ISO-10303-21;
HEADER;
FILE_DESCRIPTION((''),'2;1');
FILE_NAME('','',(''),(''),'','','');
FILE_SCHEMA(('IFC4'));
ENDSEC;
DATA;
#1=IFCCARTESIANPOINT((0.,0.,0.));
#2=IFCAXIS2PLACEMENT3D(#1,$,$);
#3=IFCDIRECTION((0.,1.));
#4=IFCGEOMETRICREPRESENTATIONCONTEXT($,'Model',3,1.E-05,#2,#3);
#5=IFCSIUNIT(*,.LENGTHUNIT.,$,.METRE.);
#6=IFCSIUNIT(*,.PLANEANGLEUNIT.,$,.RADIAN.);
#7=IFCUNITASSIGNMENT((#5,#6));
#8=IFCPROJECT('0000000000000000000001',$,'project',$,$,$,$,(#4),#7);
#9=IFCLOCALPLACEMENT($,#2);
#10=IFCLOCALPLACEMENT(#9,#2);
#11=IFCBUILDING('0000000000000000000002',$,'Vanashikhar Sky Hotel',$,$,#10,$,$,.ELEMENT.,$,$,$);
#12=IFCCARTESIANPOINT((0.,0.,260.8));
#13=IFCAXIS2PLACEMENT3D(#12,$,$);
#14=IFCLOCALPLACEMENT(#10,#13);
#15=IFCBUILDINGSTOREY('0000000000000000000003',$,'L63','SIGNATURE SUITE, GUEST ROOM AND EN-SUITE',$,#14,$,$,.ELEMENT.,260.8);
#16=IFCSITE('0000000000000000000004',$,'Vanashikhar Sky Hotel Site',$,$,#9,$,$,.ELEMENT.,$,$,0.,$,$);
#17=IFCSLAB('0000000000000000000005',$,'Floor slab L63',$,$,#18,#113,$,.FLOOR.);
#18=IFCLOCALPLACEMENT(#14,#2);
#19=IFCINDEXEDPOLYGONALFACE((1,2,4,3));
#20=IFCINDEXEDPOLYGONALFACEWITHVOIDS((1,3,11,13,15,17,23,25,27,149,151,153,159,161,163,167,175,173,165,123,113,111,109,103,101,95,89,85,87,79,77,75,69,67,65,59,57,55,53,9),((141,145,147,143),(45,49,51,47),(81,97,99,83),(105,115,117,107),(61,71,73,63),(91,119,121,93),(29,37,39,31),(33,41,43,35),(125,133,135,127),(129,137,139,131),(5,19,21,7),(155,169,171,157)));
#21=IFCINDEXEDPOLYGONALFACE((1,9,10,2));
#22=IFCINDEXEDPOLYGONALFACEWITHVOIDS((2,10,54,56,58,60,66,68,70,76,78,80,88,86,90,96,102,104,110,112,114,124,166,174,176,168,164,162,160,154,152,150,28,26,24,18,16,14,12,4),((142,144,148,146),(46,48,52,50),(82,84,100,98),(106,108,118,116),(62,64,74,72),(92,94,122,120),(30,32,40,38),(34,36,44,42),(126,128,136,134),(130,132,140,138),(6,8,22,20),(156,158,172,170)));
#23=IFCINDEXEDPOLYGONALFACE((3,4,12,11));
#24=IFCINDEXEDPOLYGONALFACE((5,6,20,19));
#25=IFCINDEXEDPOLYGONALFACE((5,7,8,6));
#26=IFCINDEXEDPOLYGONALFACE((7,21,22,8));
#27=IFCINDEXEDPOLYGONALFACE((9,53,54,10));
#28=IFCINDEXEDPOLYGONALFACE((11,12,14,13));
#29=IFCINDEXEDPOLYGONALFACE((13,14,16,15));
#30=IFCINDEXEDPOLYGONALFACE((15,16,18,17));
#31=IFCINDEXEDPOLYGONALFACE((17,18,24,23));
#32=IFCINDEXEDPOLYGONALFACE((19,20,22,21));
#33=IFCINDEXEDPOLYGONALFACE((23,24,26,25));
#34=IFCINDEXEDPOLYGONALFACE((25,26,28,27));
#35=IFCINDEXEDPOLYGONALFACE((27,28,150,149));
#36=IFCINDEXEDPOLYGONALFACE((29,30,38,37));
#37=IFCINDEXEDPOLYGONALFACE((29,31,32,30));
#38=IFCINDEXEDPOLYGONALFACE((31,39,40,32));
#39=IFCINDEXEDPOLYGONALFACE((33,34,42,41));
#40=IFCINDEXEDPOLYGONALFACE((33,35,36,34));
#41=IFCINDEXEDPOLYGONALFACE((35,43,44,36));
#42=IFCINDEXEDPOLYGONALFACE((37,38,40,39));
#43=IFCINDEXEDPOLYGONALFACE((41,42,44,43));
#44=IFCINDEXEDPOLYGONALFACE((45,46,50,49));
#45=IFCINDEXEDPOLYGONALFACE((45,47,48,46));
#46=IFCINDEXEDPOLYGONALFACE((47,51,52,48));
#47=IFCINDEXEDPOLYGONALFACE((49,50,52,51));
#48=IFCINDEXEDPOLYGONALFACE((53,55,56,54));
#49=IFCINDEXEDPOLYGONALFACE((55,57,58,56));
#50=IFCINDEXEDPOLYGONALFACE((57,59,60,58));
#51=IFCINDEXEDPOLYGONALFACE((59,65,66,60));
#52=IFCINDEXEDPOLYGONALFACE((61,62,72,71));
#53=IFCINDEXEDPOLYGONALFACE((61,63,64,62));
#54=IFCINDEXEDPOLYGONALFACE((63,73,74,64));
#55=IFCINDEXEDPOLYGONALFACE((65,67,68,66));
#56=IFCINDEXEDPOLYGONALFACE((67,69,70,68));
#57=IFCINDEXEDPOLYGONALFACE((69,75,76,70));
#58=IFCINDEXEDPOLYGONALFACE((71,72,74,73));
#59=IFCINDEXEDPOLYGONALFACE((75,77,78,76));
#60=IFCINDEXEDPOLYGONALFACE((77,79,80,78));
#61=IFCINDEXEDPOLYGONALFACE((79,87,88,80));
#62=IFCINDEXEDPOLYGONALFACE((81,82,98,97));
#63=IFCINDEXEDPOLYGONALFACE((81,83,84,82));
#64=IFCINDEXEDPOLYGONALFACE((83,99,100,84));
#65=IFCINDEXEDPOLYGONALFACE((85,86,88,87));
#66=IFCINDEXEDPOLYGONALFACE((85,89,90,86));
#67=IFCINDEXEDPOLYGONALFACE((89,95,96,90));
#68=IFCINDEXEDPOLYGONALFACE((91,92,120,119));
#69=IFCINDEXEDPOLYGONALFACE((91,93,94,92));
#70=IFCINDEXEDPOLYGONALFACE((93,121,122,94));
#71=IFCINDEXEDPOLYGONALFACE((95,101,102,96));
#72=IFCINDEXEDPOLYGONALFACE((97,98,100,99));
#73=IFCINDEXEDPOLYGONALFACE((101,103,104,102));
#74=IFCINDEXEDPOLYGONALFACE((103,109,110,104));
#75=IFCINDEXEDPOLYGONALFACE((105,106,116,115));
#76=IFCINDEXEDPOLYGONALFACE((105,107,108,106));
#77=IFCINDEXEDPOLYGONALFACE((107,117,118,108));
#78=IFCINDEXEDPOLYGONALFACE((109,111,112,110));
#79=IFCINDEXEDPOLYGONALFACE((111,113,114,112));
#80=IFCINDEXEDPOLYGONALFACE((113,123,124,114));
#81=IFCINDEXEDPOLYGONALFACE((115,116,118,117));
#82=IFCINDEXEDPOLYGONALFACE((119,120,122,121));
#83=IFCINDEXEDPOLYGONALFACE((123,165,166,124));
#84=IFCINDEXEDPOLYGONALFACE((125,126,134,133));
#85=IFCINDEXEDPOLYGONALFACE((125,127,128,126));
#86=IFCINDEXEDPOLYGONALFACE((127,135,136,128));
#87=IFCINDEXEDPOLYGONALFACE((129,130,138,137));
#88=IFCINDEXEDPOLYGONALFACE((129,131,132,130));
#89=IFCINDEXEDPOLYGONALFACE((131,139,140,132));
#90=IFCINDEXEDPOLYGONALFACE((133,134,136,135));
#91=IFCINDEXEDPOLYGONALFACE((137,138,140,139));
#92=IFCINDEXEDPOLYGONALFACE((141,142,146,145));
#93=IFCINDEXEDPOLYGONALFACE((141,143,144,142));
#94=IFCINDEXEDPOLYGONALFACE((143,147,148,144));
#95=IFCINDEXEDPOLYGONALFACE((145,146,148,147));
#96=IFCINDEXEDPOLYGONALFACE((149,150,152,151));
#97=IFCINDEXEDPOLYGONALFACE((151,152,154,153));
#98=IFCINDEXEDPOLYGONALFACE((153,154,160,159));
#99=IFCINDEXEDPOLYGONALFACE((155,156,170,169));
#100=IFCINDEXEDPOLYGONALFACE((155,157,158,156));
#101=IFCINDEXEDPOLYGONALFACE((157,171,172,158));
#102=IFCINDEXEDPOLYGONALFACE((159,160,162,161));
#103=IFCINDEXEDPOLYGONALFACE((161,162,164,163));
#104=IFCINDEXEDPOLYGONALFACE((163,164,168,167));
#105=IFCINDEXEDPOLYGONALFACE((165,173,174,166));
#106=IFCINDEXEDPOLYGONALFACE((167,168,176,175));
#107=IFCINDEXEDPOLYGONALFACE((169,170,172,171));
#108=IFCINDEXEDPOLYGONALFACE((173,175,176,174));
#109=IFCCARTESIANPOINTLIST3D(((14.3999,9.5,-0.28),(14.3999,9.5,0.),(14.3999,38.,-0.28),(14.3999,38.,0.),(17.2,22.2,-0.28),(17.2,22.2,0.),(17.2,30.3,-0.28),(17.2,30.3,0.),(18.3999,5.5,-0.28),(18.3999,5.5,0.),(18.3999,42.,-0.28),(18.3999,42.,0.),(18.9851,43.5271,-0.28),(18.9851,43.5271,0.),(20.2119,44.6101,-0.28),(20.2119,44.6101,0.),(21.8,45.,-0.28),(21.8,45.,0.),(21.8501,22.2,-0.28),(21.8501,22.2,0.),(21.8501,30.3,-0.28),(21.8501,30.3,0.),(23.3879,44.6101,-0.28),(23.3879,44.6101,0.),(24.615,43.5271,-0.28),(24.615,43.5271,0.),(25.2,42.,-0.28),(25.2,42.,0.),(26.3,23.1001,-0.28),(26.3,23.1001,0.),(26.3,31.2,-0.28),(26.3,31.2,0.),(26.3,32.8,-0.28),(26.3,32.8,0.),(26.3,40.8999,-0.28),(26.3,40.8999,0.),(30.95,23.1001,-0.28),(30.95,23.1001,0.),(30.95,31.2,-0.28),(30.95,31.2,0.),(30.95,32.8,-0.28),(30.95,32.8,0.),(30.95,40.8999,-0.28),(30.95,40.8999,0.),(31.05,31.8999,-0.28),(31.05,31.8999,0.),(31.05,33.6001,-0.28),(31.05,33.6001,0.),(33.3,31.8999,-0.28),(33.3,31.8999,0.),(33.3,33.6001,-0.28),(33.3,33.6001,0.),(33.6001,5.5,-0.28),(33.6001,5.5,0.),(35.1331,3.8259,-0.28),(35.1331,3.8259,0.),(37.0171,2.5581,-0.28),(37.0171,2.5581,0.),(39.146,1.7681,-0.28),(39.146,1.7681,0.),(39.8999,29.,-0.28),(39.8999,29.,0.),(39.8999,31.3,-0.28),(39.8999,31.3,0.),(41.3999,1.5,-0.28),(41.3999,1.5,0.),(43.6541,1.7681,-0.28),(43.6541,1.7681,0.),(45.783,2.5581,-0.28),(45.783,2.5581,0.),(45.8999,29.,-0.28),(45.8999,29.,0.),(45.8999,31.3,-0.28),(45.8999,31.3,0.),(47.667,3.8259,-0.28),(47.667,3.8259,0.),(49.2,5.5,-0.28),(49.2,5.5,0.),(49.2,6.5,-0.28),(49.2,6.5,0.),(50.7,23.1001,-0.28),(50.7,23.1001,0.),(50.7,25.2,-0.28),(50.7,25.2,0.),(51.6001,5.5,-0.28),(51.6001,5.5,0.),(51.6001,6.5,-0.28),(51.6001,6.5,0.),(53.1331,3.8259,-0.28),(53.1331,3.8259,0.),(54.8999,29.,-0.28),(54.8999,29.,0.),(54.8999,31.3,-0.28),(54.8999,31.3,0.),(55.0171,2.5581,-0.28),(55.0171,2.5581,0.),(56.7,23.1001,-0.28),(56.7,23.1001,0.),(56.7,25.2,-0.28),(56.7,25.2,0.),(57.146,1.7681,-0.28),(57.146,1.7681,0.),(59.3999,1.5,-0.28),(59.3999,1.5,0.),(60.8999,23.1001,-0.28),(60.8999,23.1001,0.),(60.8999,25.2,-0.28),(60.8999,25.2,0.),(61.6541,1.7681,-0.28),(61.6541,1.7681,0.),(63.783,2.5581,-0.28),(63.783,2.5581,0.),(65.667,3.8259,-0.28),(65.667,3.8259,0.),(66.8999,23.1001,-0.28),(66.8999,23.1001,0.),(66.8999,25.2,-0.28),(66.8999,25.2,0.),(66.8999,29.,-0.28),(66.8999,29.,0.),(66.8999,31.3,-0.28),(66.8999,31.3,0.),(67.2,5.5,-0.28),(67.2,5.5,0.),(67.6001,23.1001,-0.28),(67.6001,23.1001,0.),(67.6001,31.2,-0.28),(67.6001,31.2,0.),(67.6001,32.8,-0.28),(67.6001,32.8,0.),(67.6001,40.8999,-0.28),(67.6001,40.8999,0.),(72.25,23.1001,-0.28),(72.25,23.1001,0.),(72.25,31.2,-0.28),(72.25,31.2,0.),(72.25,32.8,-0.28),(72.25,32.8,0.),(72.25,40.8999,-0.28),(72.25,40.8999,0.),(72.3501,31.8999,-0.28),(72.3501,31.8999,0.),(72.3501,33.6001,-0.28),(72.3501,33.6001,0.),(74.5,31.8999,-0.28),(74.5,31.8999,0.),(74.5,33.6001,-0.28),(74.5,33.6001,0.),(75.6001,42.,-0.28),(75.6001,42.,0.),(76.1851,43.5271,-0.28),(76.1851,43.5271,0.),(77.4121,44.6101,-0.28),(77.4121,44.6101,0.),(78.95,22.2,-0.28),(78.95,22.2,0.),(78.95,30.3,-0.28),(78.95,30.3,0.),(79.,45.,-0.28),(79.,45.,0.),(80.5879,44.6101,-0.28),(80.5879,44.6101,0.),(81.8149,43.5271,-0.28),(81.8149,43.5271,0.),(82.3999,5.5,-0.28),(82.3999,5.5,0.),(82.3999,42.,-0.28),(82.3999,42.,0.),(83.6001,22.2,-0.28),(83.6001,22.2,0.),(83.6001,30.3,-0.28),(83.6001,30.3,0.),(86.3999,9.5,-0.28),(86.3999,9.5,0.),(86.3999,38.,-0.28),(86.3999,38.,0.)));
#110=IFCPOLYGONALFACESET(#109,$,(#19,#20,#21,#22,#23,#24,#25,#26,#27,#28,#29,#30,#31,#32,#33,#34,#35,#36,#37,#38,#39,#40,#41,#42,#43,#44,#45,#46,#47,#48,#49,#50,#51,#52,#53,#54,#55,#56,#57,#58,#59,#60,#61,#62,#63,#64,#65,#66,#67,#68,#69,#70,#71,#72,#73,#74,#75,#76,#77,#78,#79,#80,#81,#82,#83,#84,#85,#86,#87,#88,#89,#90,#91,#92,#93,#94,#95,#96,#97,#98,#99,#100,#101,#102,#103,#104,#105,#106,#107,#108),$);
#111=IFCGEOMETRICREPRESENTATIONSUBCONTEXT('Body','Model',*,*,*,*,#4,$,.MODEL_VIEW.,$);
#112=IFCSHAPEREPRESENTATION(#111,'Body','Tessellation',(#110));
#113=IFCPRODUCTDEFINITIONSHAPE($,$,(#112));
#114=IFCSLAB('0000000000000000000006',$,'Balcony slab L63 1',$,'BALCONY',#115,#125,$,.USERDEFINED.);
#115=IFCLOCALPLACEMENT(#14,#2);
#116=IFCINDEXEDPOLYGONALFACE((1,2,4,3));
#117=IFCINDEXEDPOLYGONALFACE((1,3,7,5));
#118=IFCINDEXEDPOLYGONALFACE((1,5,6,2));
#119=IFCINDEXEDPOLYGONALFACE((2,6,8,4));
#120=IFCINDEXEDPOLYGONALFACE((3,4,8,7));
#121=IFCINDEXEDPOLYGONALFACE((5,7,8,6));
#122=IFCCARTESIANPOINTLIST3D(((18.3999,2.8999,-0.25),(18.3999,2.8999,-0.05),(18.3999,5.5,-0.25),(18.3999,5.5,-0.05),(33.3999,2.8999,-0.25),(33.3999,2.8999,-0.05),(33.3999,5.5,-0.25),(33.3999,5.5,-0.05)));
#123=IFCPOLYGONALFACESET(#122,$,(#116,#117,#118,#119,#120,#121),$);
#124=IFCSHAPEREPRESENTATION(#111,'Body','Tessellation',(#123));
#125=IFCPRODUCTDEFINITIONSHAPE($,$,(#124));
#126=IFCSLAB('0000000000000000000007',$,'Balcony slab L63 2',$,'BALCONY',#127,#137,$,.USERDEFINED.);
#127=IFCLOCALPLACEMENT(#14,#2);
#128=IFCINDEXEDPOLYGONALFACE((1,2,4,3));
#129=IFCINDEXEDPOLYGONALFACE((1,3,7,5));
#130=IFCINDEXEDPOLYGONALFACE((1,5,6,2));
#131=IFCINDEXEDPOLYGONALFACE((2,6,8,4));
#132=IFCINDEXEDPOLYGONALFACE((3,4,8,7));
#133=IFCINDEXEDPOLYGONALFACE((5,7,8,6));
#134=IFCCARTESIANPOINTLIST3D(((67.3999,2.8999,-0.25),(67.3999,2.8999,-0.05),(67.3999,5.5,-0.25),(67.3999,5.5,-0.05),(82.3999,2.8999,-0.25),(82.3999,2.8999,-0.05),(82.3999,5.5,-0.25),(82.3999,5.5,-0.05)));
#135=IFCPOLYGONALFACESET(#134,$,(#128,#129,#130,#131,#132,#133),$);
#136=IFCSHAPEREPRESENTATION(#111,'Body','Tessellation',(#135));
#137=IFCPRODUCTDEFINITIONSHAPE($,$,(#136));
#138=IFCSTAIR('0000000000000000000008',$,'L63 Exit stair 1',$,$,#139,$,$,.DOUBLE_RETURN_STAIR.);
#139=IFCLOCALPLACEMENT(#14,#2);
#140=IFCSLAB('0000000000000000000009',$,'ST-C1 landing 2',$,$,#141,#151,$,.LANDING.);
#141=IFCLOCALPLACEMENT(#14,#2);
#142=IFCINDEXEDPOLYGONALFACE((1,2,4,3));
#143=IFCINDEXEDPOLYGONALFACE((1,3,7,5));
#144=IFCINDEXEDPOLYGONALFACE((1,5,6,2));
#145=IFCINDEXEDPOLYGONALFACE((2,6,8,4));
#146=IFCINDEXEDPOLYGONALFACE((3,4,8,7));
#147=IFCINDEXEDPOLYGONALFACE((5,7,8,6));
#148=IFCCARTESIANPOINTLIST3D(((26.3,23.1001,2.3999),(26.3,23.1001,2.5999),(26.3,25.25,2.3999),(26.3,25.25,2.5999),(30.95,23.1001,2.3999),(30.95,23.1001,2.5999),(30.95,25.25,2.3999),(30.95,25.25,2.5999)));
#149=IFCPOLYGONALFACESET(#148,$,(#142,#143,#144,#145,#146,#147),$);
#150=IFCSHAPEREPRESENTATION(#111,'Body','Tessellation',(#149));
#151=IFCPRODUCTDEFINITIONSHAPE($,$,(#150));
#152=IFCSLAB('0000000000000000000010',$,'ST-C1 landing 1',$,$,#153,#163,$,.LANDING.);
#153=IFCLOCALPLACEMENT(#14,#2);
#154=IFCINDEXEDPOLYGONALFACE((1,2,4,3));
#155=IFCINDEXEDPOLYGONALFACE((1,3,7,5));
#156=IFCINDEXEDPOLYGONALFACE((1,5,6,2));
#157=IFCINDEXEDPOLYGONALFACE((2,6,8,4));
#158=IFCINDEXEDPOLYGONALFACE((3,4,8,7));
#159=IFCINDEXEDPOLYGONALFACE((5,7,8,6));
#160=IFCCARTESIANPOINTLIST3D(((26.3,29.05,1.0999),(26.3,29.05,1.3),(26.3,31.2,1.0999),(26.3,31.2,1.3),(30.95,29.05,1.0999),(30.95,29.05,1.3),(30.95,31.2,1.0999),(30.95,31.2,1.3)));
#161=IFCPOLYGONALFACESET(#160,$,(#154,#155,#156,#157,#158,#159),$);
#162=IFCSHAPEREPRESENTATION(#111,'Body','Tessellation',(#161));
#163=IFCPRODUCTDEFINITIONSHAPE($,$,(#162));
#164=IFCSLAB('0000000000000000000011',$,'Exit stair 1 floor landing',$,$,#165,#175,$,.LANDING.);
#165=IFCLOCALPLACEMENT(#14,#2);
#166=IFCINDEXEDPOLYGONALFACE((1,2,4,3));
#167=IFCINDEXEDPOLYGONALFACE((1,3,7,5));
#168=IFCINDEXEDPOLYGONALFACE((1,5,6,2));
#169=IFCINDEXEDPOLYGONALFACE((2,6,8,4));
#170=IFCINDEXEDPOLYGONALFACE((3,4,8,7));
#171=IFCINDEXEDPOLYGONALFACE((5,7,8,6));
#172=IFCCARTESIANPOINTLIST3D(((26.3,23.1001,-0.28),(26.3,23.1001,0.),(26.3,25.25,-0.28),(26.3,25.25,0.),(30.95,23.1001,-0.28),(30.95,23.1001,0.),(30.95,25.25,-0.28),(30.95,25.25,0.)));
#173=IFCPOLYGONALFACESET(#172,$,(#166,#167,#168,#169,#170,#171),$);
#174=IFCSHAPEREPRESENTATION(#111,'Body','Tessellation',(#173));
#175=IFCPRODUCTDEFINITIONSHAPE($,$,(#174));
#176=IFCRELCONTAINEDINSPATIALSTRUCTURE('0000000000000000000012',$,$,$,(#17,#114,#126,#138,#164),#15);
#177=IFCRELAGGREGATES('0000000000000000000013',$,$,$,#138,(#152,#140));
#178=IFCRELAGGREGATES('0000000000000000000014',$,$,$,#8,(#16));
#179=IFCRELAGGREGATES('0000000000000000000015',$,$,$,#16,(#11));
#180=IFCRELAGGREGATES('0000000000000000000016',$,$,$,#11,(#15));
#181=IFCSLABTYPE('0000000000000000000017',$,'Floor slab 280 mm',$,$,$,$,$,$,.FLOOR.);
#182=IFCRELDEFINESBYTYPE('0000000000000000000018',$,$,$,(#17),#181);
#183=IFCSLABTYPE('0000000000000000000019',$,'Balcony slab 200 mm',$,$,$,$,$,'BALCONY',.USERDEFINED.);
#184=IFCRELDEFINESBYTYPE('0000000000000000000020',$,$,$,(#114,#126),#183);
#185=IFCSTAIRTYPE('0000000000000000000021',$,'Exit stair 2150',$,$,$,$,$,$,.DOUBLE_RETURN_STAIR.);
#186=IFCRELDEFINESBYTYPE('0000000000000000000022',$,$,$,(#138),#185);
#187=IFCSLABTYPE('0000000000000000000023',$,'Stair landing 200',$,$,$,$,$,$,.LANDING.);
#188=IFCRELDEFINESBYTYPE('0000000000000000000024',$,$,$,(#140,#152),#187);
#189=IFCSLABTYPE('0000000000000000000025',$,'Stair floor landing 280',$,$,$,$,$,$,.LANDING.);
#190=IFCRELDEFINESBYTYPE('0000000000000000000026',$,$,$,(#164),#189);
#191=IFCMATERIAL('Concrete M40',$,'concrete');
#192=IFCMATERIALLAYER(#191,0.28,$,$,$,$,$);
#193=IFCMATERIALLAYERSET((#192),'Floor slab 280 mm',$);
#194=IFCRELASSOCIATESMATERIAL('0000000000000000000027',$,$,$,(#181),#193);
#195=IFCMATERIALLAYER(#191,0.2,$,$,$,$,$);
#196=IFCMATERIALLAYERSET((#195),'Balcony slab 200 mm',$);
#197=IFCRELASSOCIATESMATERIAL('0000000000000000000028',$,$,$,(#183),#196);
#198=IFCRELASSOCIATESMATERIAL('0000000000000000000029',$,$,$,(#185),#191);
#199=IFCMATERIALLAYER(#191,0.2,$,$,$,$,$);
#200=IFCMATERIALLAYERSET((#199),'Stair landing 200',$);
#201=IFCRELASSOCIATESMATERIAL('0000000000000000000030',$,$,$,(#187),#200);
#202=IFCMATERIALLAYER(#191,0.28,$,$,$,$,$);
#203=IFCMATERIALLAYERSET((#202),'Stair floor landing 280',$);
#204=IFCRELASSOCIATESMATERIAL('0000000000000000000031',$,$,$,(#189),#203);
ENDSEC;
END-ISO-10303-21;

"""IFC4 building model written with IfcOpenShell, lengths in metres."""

from ifc_helpers import new_model, si_unit, direction, frame, origin, place, context, subcontext, project, spatial, polyline, outline, extrude, source, transform, mapped, material, layer, layer_set, type_object, element, aggregate, save


model = new_model("IFC4")

# Units and contexts
model_context = context("Model", 3, precision=1e-05, world=origin(), true_north=direction((0.0, 1.0)))
body_context = subcontext(model_context, "Body", "Model", "MODEL_VIEW")
ifc_project = project(units=[si_unit("LENGTHUNIT", "METRE"), si_unit("PLANEANGLEUNIT", "RADIAN")], contexts=[model_context])

# Site, building, storey
site_placement = place(None, origin())
site = spatial("IfcSite", under=ifc_project, at=site_placement, Name="Vanashikhar Sky Hotel Site", CompositionType="ELEMENT", RefElevation=0.0)
building_placement = place(site_placement, origin())
building = spatial("IfcBuilding", under=site, at=building_placement, Name="Vanashikhar Sky Hotel", CompositionType="ELEMENT")
storey_placement = place(building_placement, frame((0.0, 0.0, 260.8)))
storey = spatial("IfcBuildingStorey", under=building, at=storey_placement, Name="L63", Description="SIGNATURE SUITE, GUEST ROOM AND EN-SUITE", CompositionType="ELEMENT", Elevation=260.8)

# Slabs
ifc_material = material(Name="Concrete M40", Category="concrete")
ifc_layer_1 = layer(ifc_material, 0.28)
ifc_layer_set_1 = layer_set([ifc_layer_1], Name="Floor slab 280 mm")
slab_type_1 = type_object("IfcSlabType", Name="Floor slab 280 mm", PredefinedType="FLOOR", material=ifc_layer_set_1)
shared_shape_1 = source(origin(), body_context, "Body", "SweptSolid", [
    extrude(outline(polyline([(49.2, 5.5), (49.2, 6.5), (51.6001, 6.5), (51.6001, 5.5), (53.1331, 3.8259), (55.0171, 2.5581), (57.146, 1.7681), (59.3999, 1.5), (61.6541, 1.7681), (63.783, 2.5581), (65.667, 3.8259), (67.2, 5.5), (82.3999, 5.5), (86.3999, 9.5), (86.3999, 38.0), (82.3999, 42.0), (81.8149, 43.5271), (80.5879, 44.6101), (79.0, 45.0), (77.4121, 44.6101), (76.1851, 43.5271), (75.6001, 42.0), (25.2, 42.0), (24.615, 43.5271), (23.3879, 44.6101), (21.8, 45.0), (20.2119, 44.6101), (18.9851, 43.5271), (18.3999, 42.0), (14.3999, 38.0), (14.3999, 9.5), (18.3999, 5.5), (33.6001, 5.5), (35.1331, 3.8259), (37.0171, 2.5581), (39.146, 1.7681), (41.3999, 1.5), (43.6541, 1.7681), (45.783, 2.5581), (47.667, 3.8259), (49.2, 5.5)]), holes=[polyline([(33.3, 33.6001), (31.05, 33.6001), (31.05, 31.8999), (33.3, 31.8999), (33.3, 33.6001)]), polyline([(39.8999, 31.3), (39.8999, 29.0), (45.8999, 29.0), (45.8999, 31.3), (39.8999, 31.3)]), polyline([(50.7, 25.2), (50.7, 23.1001), (56.7, 23.1001), (56.7, 25.2), (50.7, 25.2)]), polyline([(66.8999, 29.0), (66.8999, 31.3), (54.8999, 31.3), (54.8999, 29.0), (66.8999, 29.0)]), polyline([(60.8999, 25.2), (60.8999, 23.1001), (66.8999, 23.1001), (66.8999, 25.2), (60.8999, 25.2)]), polyline([(74.5, 33.6001), (72.3501, 33.6001), (72.3501, 31.8999), (74.5, 31.8999), (74.5, 33.6001)]), polyline([(30.95, 23.1001), (30.95, 31.2), (26.3, 31.2), (26.3, 23.1001), (30.95, 23.1001)]), polyline([(72.25, 23.1001), (72.25, 31.2), (67.6001, 31.2), (67.6001, 23.1001), (72.25, 23.1001)]), polyline([(30.95, 32.8), (30.95, 40.8999), (26.3, 40.8999), (26.3, 32.8), (30.95, 32.8)]), polyline([(72.25, 32.8), (72.25, 40.8999), (67.6001, 40.8999), (67.6001, 32.8), (72.25, 32.8)]), polyline([(83.6001, 22.2), (83.6001, 30.3), (78.95, 30.3), (78.95, 22.2), (83.6001, 22.2)]), polyline([(21.8501, 22.2), (21.8501, 30.3), (17.2, 30.3), (17.2, 22.2), (21.8501, 22.2)])]), origin(), (0.0, 0.0, 1.0), 0.28),
])
slab_1_placement = place(storey_placement, frame((0.0, 0.0, -0.28)))
element("IfcSlab", 1, at=slab_1_placement, inside=storey, type_object=slab_type_1, Name="Floor slab L63", PredefinedType="FLOOR", context=body_context, shape_type="MappedRepresentation", body=[
    mapped(shared_shape_1, transform((0.0, 0.0, 0.0), scale=1.0)),
])
ifc_layer_2 = layer(ifc_material, 0.2)
ifc_layer_set_2 = layer_set([ifc_layer_2], Name="Balcony slab 200 mm")
slab_type_2 = type_object("IfcSlabType", Name="Balcony slab 200 mm", ElementType="BALCONY", PredefinedType="USERDEFINED", material=ifc_layer_set_2)
shared_shape_2 = source(origin(), body_context, "Body", "SweptSolid", [
    extrude(outline(polyline([(18.3999, 2.8999), (33.3999, 2.8999), (33.3999, 5.5), (18.3999, 5.5), (18.3999, 2.8999)])), origin(), (0.0, 0.0, 1.0), 0.2),
])
slab_2_placement = place(storey_placement, frame((0.0, 0.0, -0.25)))
element("IfcSlab", 2, at=slab_2_placement, inside=storey, type_object=slab_type_2, Name="Balcony slab L63 1", ObjectType="BALCONY", PredefinedType="USERDEFINED", context=body_context, shape_type="MappedRepresentation", body=[
    mapped(shared_shape_2, transform((0.0, 0.0, 0.0), scale=1.0)),
])
shared_shape_3 = source(origin(), body_context, "Body", "SweptSolid", [
    extrude(outline(polyline([(67.3999, 2.8999), (82.3999, 2.8999), (82.3999, 5.5), (67.3999, 5.5), (67.3999, 2.8999)])), origin(), (0.0, 0.0, 1.0), 0.2),
])
slab_3_placement = place(storey_placement, frame((0.0, 0.0, -0.25)))
element("IfcSlab", 3, at=slab_3_placement, inside=storey, type_object=slab_type_2, Name="Balcony slab L63 2", ObjectType="BALCONY", PredefinedType="USERDEFINED", context=body_context, shape_type="MappedRepresentation", body=[
    mapped(shared_shape_3, transform((0.0, 0.0, 0.0), scale=1.0)),
])

# Stair, slabs
stair_type = type_object("IfcStairType", Name="Exit stair 2150", PredefinedType="DOUBLE_RETURN_STAIR", material=ifc_material)
stair_1_placement = place(storey_placement, origin())
stair_1 = element("IfcStair", 4, at=stair_1_placement, inside=storey, type_object=stair_type, Name="L63 Exit stair 1", PredefinedType="DOUBLE_RETURN_STAIR")
ifc_layer_3 = layer(ifc_material, 0.2)
ifc_layer_set_3 = layer_set([ifc_layer_3], Name="Stair landing 200")
slab_type_3 = type_object("IfcSlabType", Name="Stair landing 200", PredefinedType="LANDING", material=ifc_layer_set_3)
shared_shape_4 = source(origin(), body_context, "Body", "SweptSolid", [
    extrude(outline(polyline([(30.95, 23.1001), (30.95, 25.25), (26.3, 25.25), (26.3, 23.1001), (30.95, 23.1001)])), origin(), (0.0, 0.0, 1.0), 0.2),
])
slab_4_placement = place(storey_placement, frame((0.0, 0.0, 2.3999)))
slab_4 = element("IfcSlab", 5, at=slab_4_placement, type_object=slab_type_3, Name="ST-C1 landing 2", PredefinedType="LANDING", context=body_context, shape_type="MappedRepresentation", body=[
    mapped(shared_shape_4, transform((0.0, 0.0, 0.0), scale=1.0)),
])
shared_shape_5 = source(origin(), body_context, "Body", "SweptSolid", [
    extrude(outline(polyline([(30.95, 29.05), (30.95, 31.2), (26.3, 31.2), (26.3, 29.05), (30.95, 29.05)])), origin(), (0.0, 0.0, 1.0), 0.2002),
])
slab_5_placement = place(storey_placement, frame((0.0, 0.0, 1.0999)))
slab_5 = element("IfcSlab", 6, at=slab_5_placement, type_object=slab_type_3, Name="ST-C1 landing 1", PredefinedType="LANDING", context=body_context, shape_type="MappedRepresentation", body=[
    mapped(shared_shape_5, transform((0.0, 0.0, 0.0), scale=1.0)),
])
aggregate(stair_1, [slab_5, slab_4])

# Slab
ifc_layer_4 = layer(ifc_material, 0.28)
ifc_layer_set_4 = layer_set([ifc_layer_4], Name="Stair floor landing 280")
slab_type_4 = type_object("IfcSlabType", Name="Stair floor landing 280", PredefinedType="LANDING", material=ifc_layer_set_4)
shared_shape_6 = source(origin(), body_context, "Body", "SweptSolid", [
    extrude(outline(polyline([(30.95, 23.1001), (30.95, 25.25), (26.3, 25.25), (26.3, 23.1001), (30.95, 23.1001)])), origin(), (0.0, 0.0, 1.0), 0.28),
])
slab_6_placement = place(storey_placement, frame((0.0, 0.0, -0.28)))
element("IfcSlab", 7, at=slab_6_placement, inside=storey, type_object=slab_type_4, Name="Exit stair 1 floor landing", PredefinedType="LANDING", context=body_context, shape_type="MappedRepresentation", body=[
    mapped(shared_shape_6, transform((0.0, 0.0, 0.0), scale=1.0)),
])

save(model, "model.ifc")
